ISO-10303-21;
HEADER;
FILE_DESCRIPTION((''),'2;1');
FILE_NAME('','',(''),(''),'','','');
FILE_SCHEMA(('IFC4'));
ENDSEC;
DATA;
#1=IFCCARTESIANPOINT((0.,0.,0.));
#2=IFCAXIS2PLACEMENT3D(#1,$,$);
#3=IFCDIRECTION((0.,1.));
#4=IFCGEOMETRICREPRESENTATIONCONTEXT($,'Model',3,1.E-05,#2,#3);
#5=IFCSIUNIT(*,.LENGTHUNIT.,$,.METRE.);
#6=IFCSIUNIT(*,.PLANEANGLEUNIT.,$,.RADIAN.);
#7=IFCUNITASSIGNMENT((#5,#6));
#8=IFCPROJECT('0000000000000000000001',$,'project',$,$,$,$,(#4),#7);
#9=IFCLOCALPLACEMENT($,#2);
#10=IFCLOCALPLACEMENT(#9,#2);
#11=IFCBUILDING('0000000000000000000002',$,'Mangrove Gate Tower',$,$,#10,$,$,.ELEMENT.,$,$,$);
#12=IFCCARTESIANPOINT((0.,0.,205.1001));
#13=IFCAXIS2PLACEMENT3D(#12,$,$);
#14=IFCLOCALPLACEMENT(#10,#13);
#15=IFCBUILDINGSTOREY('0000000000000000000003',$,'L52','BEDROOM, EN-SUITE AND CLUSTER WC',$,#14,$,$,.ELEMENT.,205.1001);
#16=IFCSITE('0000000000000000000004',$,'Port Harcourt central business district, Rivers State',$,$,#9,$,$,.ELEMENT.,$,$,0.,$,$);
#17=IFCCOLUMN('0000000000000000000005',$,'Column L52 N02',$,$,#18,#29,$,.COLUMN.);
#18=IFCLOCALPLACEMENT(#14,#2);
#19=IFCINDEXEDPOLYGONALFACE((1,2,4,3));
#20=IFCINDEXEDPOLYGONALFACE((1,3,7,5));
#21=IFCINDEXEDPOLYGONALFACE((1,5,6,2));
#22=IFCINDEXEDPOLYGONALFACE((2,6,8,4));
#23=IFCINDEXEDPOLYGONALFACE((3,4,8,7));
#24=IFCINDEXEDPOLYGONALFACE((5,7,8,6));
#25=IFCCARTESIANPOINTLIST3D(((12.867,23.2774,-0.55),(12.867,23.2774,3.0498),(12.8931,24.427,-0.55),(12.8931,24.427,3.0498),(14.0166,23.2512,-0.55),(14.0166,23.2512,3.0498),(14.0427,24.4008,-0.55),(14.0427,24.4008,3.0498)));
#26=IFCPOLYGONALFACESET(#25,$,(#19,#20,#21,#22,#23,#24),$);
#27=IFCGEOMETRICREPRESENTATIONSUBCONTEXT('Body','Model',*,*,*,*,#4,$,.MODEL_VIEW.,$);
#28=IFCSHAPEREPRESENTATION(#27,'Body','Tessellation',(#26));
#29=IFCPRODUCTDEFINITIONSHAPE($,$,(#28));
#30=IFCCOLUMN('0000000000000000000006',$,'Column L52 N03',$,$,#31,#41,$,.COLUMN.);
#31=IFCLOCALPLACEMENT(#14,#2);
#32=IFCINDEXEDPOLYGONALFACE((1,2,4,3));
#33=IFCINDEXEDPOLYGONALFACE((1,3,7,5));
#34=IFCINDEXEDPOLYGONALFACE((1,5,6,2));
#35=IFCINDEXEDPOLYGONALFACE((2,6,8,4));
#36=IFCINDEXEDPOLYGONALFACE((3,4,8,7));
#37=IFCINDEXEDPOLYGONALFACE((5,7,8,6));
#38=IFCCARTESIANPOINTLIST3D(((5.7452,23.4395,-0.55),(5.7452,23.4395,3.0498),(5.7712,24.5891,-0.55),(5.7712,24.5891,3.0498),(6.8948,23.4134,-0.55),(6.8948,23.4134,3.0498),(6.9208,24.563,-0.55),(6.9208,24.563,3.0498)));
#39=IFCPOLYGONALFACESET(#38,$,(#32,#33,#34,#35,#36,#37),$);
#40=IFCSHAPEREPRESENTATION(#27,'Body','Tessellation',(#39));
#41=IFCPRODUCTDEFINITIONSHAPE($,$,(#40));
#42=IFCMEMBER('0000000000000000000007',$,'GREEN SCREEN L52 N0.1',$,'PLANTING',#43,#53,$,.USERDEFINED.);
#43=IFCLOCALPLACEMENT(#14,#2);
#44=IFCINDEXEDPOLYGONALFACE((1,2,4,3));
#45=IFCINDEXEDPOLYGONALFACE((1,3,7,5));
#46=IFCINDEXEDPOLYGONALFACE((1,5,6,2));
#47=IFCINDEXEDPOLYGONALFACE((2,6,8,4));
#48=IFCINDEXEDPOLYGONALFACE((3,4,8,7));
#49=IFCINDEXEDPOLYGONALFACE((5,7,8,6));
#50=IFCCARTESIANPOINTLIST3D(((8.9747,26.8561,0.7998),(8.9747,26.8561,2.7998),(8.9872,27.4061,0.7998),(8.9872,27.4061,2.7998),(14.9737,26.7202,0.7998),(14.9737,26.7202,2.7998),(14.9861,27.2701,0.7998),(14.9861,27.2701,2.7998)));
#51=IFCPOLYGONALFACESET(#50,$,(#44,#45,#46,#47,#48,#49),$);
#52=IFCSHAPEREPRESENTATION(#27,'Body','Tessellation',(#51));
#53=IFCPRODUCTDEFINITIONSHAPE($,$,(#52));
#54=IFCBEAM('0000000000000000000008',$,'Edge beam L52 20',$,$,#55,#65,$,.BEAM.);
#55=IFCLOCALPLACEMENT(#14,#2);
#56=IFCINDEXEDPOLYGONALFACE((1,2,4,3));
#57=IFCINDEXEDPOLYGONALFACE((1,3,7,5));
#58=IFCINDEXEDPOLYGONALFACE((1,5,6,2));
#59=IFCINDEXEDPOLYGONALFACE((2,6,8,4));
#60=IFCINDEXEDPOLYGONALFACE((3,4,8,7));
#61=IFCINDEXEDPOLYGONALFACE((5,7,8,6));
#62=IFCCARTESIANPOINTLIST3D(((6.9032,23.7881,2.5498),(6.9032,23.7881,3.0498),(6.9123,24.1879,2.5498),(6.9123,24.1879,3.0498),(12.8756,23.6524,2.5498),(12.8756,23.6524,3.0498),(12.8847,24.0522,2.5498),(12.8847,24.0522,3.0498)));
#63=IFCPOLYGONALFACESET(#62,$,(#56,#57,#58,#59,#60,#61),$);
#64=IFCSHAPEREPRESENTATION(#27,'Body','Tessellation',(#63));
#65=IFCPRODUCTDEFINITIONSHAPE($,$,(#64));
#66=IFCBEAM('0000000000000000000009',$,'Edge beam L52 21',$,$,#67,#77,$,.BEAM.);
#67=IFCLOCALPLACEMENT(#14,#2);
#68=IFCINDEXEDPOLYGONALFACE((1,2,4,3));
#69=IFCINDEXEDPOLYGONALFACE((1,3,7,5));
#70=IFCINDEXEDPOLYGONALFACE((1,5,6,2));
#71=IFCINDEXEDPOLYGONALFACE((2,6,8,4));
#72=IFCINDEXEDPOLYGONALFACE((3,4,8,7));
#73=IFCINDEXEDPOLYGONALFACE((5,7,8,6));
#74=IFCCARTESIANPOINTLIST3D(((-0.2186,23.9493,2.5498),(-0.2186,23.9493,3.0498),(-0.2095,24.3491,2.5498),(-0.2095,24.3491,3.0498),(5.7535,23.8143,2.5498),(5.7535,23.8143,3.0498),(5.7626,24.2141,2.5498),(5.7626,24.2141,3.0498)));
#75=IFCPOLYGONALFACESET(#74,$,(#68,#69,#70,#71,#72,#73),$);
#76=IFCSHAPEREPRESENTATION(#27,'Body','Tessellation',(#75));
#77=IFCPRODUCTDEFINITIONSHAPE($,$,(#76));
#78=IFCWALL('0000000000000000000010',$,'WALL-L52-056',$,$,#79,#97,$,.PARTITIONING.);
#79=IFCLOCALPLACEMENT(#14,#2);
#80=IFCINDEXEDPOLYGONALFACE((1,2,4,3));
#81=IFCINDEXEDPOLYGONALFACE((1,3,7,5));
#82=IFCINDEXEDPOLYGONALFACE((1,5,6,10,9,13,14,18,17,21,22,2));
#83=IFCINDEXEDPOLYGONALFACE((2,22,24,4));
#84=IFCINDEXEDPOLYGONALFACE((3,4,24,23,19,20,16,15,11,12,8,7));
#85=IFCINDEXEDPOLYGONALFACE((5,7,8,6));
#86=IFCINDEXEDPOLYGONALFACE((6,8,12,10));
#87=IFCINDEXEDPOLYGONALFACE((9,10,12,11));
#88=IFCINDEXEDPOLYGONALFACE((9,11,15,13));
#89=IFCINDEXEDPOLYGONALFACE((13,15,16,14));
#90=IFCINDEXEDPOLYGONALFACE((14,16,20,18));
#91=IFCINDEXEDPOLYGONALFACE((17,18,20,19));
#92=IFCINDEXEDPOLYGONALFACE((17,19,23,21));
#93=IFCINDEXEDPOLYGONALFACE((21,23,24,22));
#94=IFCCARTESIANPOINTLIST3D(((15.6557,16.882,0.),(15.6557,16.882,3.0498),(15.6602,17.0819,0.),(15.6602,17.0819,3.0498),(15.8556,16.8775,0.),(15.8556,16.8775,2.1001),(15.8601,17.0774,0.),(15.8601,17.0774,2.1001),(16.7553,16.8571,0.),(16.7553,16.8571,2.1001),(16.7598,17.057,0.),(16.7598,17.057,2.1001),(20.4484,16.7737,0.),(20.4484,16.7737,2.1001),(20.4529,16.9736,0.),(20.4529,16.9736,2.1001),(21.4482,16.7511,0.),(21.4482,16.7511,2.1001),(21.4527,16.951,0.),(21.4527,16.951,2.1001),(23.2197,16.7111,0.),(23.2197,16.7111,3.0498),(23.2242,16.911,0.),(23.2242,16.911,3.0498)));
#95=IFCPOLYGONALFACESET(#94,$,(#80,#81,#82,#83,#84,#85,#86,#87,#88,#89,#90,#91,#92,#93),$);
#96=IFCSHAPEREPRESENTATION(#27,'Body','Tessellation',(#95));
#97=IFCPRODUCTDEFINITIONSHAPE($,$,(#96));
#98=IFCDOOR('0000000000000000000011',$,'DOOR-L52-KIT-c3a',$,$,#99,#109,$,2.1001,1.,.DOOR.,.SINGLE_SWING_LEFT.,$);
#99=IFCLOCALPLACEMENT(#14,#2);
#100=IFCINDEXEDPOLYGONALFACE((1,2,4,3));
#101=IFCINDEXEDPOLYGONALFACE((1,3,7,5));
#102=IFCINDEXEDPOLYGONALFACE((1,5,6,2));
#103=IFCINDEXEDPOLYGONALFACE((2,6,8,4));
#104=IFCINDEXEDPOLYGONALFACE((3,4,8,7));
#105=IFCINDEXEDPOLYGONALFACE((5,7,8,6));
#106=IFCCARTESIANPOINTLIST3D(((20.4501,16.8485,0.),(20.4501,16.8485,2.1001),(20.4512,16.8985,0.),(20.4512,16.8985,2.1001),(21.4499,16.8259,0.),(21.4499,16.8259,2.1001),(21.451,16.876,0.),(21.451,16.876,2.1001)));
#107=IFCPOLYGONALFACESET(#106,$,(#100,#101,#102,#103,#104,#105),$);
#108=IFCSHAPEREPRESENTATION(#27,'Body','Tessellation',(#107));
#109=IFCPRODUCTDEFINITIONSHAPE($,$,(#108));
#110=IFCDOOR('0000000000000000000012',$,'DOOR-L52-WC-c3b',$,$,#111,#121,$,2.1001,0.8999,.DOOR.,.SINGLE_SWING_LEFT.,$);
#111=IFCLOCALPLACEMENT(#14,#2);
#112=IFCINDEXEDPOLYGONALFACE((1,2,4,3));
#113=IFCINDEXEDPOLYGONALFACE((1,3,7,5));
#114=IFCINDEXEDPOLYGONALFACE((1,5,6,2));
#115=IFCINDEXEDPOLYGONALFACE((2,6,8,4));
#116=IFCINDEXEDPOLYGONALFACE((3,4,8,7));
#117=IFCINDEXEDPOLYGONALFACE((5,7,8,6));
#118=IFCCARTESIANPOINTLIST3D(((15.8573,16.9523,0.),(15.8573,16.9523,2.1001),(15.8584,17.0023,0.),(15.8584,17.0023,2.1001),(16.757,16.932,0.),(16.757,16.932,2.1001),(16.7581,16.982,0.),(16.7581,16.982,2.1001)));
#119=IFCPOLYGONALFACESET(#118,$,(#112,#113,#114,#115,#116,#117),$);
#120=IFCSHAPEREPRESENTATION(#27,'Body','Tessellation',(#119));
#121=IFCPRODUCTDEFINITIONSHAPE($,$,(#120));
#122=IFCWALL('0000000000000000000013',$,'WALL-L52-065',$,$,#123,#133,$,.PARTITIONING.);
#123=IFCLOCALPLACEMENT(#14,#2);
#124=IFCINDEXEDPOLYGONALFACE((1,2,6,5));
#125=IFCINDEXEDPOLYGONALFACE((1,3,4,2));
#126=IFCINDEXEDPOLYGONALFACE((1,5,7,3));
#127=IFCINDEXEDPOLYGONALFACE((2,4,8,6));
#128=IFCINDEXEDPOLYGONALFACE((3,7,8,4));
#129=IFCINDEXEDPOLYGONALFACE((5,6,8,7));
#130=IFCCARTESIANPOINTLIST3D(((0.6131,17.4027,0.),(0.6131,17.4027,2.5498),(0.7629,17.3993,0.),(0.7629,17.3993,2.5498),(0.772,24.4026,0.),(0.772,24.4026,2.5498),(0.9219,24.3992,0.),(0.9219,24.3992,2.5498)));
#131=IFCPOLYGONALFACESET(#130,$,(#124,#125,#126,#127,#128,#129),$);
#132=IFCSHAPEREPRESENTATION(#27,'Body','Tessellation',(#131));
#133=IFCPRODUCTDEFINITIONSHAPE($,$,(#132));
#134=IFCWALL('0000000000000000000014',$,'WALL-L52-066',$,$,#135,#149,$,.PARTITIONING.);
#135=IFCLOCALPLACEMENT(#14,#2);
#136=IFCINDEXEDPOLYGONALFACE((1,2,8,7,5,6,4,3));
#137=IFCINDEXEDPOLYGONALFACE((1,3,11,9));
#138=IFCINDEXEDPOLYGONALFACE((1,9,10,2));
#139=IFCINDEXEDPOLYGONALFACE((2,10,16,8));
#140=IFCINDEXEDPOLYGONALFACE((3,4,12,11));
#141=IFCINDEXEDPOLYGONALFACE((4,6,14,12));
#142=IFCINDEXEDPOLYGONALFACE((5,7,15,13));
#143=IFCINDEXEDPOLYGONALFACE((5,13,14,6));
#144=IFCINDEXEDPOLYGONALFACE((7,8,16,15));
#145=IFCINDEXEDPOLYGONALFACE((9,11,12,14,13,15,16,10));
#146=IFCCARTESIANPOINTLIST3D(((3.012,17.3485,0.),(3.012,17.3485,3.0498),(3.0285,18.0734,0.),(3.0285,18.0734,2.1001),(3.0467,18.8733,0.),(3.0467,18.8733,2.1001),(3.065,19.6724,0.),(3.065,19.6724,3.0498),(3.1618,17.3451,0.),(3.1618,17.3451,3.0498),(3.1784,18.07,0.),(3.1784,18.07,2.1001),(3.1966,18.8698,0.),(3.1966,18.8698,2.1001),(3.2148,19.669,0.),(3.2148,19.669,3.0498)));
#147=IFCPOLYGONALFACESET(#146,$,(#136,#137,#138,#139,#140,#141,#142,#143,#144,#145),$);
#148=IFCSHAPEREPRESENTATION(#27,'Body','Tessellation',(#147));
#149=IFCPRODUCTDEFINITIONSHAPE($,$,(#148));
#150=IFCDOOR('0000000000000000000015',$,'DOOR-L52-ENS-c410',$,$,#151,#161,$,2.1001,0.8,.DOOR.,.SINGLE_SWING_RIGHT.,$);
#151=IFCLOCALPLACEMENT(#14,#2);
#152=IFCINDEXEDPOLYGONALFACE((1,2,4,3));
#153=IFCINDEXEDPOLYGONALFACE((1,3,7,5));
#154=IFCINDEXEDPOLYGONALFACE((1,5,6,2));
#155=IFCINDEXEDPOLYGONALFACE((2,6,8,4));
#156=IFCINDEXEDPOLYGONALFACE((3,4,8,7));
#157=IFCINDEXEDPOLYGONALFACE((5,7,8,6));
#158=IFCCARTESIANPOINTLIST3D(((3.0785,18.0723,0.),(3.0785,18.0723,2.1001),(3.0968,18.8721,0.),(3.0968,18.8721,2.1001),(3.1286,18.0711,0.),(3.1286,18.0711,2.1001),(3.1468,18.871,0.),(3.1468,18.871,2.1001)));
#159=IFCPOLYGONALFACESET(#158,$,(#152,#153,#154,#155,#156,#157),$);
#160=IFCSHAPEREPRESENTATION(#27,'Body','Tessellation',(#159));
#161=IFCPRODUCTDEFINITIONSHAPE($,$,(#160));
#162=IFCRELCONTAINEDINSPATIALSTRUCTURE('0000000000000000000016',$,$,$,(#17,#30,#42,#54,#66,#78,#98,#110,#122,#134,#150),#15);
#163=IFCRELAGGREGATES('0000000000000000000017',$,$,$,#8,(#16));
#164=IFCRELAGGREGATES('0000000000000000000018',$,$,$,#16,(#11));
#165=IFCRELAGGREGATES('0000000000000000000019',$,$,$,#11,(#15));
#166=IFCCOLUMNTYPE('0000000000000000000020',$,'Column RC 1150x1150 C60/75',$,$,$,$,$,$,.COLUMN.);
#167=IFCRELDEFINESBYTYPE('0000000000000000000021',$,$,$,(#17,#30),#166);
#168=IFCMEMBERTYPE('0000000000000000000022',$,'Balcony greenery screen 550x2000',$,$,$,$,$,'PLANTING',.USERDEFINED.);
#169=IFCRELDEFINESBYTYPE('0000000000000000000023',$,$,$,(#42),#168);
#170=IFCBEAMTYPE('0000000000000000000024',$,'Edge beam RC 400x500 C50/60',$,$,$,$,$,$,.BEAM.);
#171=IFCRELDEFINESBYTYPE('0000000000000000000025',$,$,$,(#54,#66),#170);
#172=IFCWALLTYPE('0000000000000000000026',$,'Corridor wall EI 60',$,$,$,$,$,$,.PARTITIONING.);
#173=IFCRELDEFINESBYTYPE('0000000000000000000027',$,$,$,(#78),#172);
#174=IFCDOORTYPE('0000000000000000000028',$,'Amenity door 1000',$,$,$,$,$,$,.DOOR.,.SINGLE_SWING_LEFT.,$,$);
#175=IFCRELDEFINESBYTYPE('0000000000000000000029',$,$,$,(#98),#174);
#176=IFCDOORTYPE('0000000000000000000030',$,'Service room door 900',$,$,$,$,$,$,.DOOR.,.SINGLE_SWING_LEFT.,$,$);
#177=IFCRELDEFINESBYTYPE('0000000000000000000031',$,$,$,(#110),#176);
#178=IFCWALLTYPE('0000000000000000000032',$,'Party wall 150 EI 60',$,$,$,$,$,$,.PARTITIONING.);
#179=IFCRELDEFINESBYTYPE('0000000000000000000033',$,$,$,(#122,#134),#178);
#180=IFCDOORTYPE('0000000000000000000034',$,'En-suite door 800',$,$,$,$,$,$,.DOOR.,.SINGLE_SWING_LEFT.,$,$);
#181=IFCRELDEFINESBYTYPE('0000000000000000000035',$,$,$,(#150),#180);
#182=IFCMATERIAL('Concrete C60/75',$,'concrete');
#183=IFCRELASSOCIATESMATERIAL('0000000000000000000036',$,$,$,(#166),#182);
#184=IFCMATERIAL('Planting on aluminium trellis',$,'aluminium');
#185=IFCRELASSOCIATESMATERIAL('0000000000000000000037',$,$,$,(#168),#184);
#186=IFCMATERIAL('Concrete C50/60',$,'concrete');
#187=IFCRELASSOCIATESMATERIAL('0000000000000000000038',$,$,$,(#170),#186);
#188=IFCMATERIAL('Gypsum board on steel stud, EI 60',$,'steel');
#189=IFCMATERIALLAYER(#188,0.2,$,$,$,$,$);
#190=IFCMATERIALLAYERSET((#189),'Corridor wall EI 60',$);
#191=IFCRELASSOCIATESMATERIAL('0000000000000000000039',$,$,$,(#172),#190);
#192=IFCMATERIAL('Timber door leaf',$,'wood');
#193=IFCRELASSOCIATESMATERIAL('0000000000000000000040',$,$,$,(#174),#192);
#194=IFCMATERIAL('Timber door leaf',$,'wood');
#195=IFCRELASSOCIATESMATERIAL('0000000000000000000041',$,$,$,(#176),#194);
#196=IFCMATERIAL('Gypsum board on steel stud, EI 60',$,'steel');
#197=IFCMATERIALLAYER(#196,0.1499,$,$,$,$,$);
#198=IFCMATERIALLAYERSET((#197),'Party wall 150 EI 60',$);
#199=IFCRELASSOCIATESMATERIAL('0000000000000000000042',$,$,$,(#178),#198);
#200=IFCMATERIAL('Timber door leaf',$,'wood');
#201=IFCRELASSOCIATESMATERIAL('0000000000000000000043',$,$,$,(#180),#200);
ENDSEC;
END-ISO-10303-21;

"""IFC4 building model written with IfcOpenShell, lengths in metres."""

from ifc_helpers import new_model, si_unit, direction, frame, frame_2d, origin, origin_2d, place, context, subcontext, project, spatial, rectangle, extrude, material, layer, layer_set, material_profile, profile_set, type_object, element, fill, save


model = new_model("IFC4")

# Units and contexts
model_context = context("Model", 3, precision=1e-05, world=origin(), true_north=direction((0.0, 1.0)))
body_context = subcontext(model_context, "Body", "Model", "MODEL_VIEW")
ifc_project = project(units=[si_unit("LENGTHUNIT", "METRE"), si_unit("PLANEANGLEUNIT", "RADIAN")], contexts=[model_context])

# Site, building, storey
site_placement = place(None, origin())
site = spatial("IfcSite", under=ifc_project, at=site_placement, Name="Port Harcourt central business district, Rivers State", CompositionType="ELEMENT", RefElevation=0.0)
building_placement = place(site_placement, origin())
building = spatial("IfcBuilding", under=site, at=building_placement, Name="Mangrove Gate Tower", CompositionType="ELEMENT")
storey_placement = place(building_placement, frame((0.0, 0.0, 205.1001)))
storey = spatial("IfcBuildingStorey", under=building, at=storey_placement, Name="L52", Description="BEDROOM, EN-SUITE AND CLUSTER WC", CompositionType="ELEMENT", Elevation=205.1001)

# Columns
ifc_material_1 = material(Name="Concrete C60/75", Category="concrete")
ifc_material_profile_1 = material_profile(ifc_material_1, rectangle(XDim=1.1499, YDim=1.1499, at=origin_2d()))
ifc_profile_set_1 = profile_set([ifc_material_profile_1], Name="Concrete C60/75")
column_type = type_object("IfcColumnType", Name="Column RC 1150x1150 C60/75", PredefinedType="COLUMN", material=ifc_profile_set_1)
for number, where, z_axis, x_axis, name in (
    (1, (13.4548, 23.8391, -0.55), (0.0, 0.0, 1.0), (-0.999741, 0.022741, 0.0), "Column L52 N02"),
    (2, (6.333, 24.0012, -0.55), (0.0, 0.0, 1.0), (-0.999743, 0.02267, 0.0), "Column L52 N03"),
):
    element("IfcColumn", number, at=place(storey_placement, frame(where, z_axis=z_axis, x_axis=x_axis)), inside=storey, type_object=column_type, Name=name, PredefinedType="COLUMN", context=body_context, shape_type="SweptSolid", body=[
        extrude(rectangle(XDim=1.1499, YDim=1.1499, at=origin_2d()), origin(), (0.0, 0.0, 1.0), 3.5999),
    ])

# Member
ifc_material_2 = material(Name="Planting on aluminium trellis", Category="aluminium")
ifc_material_profile_2 = material_profile(ifc_material_2, rectangle(XDim=0.55, YDim=2.0, at=origin_2d()))
ifc_profile_set_2 = profile_set([ifc_material_profile_2], Name="Planting on aluminium trellis")
member_type = type_object("IfcMemberType", Name="Balcony greenery screen 550x2000", ElementType="PLANTING", PredefinedType="USERDEFINED", material=ifc_profile_set_2)
member_placement = place(storey_placement, frame((8.981, 27.1311, 1.7998), z_axis=(0.999743, -0.022662, 0.0), x_axis=(0.022662, 0.999743, 0.0)))
element("IfcMember", 3, at=member_placement, inside=storey, type_object=member_type, Name="GREEN SCREEN L52 N0.1", ObjectType="PLANTING", PredefinedType="USERDEFINED", context=body_context, shape_type="SweptSolid", body=[
    extrude(rectangle(XDim=0.55, YDim=2.0, at=origin_2d()), origin(), (0.0, 0.0, 1.0), 6.0005),
])

# Beams
ifc_material_3 = material(Name="Concrete C50/60", Category="concrete")
ifc_material_profile_3 = material_profile(ifc_material_3, rectangle(XDim=0.3999, YDim=0.5, at=origin_2d()))
ifc_profile_set_3 = profile_set([ifc_material_profile_3], Name="Concrete C50/60")
beam_type = type_object("IfcBeamType", Name="Edge beam RC 400x500 C50/60", PredefinedType="BEAM", material=ifc_profile_set_3)
beam_1_placement = place(storey_placement, frame((12.8801, 23.8523, 2.7998), z_axis=(-0.999742, 0.022722, 0.0), x_axis=(-0.022722, -0.999742, 0.0)))
element("IfcBeam", 4, at=beam_1_placement, inside=storey, type_object=beam_type, Name="Edge beam L52 20", PredefinedType="BEAM", context=body_context, shape_type="SweptSolid", body=[
    extrude(rectangle(XDim=0.3999, YDim=0.5, at=origin_2d()), origin(), (0.0, 0.0, 1.0), 5.9739),
])
beam_2_placement = place(storey_placement, frame((5.7581, 24.0142, 2.7998), z_axis=(-0.999745, 0.022601, 0.0), x_axis=(-0.022601, -0.999745, 0.0)))
element("IfcBeam", 5, at=beam_2_placement, inside=storey, type_object=beam_type, Name="Edge beam L52 21", PredefinedType="BEAM", context=body_context, shape_type="SweptSolid", body=[
    extrude(rectangle(XDim=0.3999, YDim=0.5, at=origin_2d()), origin(), (0.0, 0.0, 1.0), 5.9736),
])

# Wall, openings, doors
ifc_material_4 = material(Name="Gypsum board on steel stud, EI 60", Category="steel")
ifc_layer_1 = layer(ifc_material_4, 0.2)
ifc_layer_set_1 = layer_set([ifc_layer_1], Name="Corridor wall EI 60")
wall_type_1 = type_object("IfcWallType", Name="Corridor wall EI 60", PredefinedType="PARTITIONING", material=ifc_layer_set_1)
wall_1_placement = place(storey_placement, frame((15.658, 16.9819, 0.0), z_axis=(0.0, 0.0, 1.0), x_axis=(0.999745, -0.022588, 0.0)))
wall_1 = element("IfcWall", 6, at=wall_1_placement, inside=storey, type_object=wall_type_1, Name="WALL-L52-056", PredefinedType="PARTITIONING", context=body_context, shape_type="SweptSolid", body=[
    extrude(rectangle(XDim=7.5659, YDim=0.2, at=frame_2d((3.783, 0.0))), origin(), (0.0, 0.0, 1.0), 3.0498),
])
opening_1_placement = place(wall_1_placement, frame((4.7939, 0.0, 0.0)))
opening_1 = element("IfcOpeningElement", 7, at=opening_1_placement, cuts=wall_1, PredefinedType="OPENING", context=body_context, shape_type="SweptSolid", body=[
    extrude(rectangle(XDim=1.0, YDim=2.1001, at=frame_2d((0.5, 1.05))), frame((0.0, 0.1099, 0.0), z_axis=(0.0, -1.0, 0.0), x_axis=(1.0, 0.0, 0.0)), (0.0, 0.0, 1.0), 0.22),
])
opening_2_placement = place(wall_1_placement, frame((0.2, 0.0, 0.0)))
opening_2 = element("IfcOpeningElement", 8, at=opening_2_placement, cuts=wall_1, PredefinedType="OPENING", context=body_context, shape_type="SweptSolid", body=[
    extrude(rectangle(XDim=0.8999, YDim=2.1001, at=frame_2d((0.45, 1.05))), frame((0.0, 0.1099, 0.0), z_axis=(0.0, -1.0, 0.0), x_axis=(1.0, 0.0, 0.0)), (0.0, 0.0, 1.0), 0.22),
])
ifc_material_5 = material(Name="Timber door leaf", Category="wood")
door_type_1 = type_object("IfcDoorType", Name="Amenity door 1000", OperationType="SINGLE_SWING_LEFT", PredefinedType="DOOR", material=ifc_material_5)
door_1_placement = place(opening_1_placement, origin())
door_1 = element("IfcDoor", 9, at=door_1_placement, inside=storey, type_object=door_type_1, Name="DOOR-L52-KIT-c3a", OperationType="SINGLE_SWING_LEFT", OverallHeight=2.1001, OverallWidth=1.0, PredefinedType="DOOR", context=body_context, shape_type="SweptSolid", body=[
    extrude(rectangle(XDim=1.0, YDim=2.1001, at=frame_2d((0.5, 1.05))), frame((0.0, 0.0249, 0.0), z_axis=(0.0, -1.0, 0.0), x_axis=(1.0, 0.0, 0.0)), (0.0, 0.0, 1.0), 0.05),
])
fill(opening_1, door_1)
ifc_material_6 = material(Name="Timber door leaf", Category="wood")
door_type_2 = type_object("IfcDoorType", Name="Service room door 900", OperationType="SINGLE_SWING_LEFT", PredefinedType="DOOR", material=ifc_material_6)
door_2_placement = place(opening_2_placement, origin())
door_2 = element("IfcDoor", 10, at=door_2_placement, inside=storey, type_object=door_type_2, Name="DOOR-L52-WC-c3b", OperationType="SINGLE_SWING_LEFT", OverallHeight=2.1001, OverallWidth=0.8999, PredefinedType="DOOR", context=body_context, shape_type="SweptSolid", body=[
    extrude(rectangle(XDim=0.8999, YDim=2.1001, at=frame_2d((0.45, 1.05))), frame((0.0, 0.0249, 0.0), z_axis=(0.0, -1.0, 0.0), x_axis=(1.0, 0.0, 0.0)), (0.0, 0.0, 1.0), 0.05),
])
fill(opening_2, door_2)

# Wall
ifc_material_7 = material(Name="Gypsum board on steel stud, EI 60", Category="steel")
ifc_layer_2 = layer(ifc_material_7, 0.1499)
ifc_layer_set_2 = layer_set([ifc_layer_2], Name="Party wall 150 EI 60")
wall_type_2 = type_object("IfcWallType", Name="Party wall 150 EI 60", PredefinedType="PARTITIONING", material=ifc_layer_set_2)
wall_2_placement = place(storey_placement, frame((0.688, 17.4009, 0.0), z_axis=(0.0, 0.0, 1.0), x_axis=(0.022699, 0.999742, 0.0)))
element("IfcWall", 11, at=wall_2_placement, inside=storey, type_object=wall_type_2, Name="WALL-L52-065", PredefinedType="PARTITIONING", context=body_context, shape_type="SweptSolid", body=[
    extrude(rectangle(XDim=7.0017, YDim=0.1499, at=frame_2d((3.501, 0.0))), origin(), (0.0, 0.0, 1.0), 2.5498),
])

# Wall, opening, door
wall_3_placement = place(storey_placement, frame((3.0869, 17.3469, 0.0), z_axis=(0.0, 0.0, 1.0), x_axis=(0.022791, 0.99974, 0.0)))
wall_3 = element("IfcWall", 12, at=wall_3_placement, inside=storey, type_object=wall_type_2, Name="WALL-L52-066", PredefinedType="PARTITIONING", context=body_context, shape_type="SweptSolid", body=[
    extrude(rectangle(XDim=2.3245, YDim=0.1499, at=frame_2d((1.1621, 0.0))), origin(), (0.0, 0.0, 1.0), 3.0498),
])
opening_3_placement = place(wall_3_placement, frame((0.7251, 0.0, 0.0)))
opening_3 = element("IfcOpeningElement", 13, at=opening_3_placement, cuts=wall_3, PredefinedType="OPENING", context=body_context, shape_type="SweptSolid", body=[
    extrude(rectangle(XDim=0.8, YDim=2.1001, at=frame_2d((0.3999, 1.05))), frame((0.0, 0.085, 0.0), z_axis=(0.0, -1.0, 0.0), x_axis=(1.0, 0.0, 0.0)), (0.0, 0.0, 1.0), 0.1699),
])
ifc_material_8 = material(Name="Timber door leaf", Category="wood")
door_type_3 = type_object("IfcDoorType", Name="En-suite door 800", OperationType="SINGLE_SWING_LEFT", PredefinedType="DOOR", material=ifc_material_8)
door_3_placement = place(opening_3_placement, origin())
door_3 = element("IfcDoor", 14, at=door_3_placement, inside=storey, type_object=door_type_3, Name="DOOR-L52-ENS-c410", OperationType="SINGLE_SWING_RIGHT", OverallHeight=2.1001, OverallWidth=0.8, PredefinedType="DOOR", context=body_context, shape_type="SweptSolid", body=[
    extrude(rectangle(XDim=0.8, YDim=2.1001, at=frame_2d((0.3999, 1.05))), frame((0.0, 0.0249, 0.0), z_axis=(0.0, -1.0, 0.0), x_axis=(1.0, 0.0, 0.0)), (0.0, 0.0, 1.0), 0.05),
])
fill(opening_3, door_3)

save(model, "model.ifc")
